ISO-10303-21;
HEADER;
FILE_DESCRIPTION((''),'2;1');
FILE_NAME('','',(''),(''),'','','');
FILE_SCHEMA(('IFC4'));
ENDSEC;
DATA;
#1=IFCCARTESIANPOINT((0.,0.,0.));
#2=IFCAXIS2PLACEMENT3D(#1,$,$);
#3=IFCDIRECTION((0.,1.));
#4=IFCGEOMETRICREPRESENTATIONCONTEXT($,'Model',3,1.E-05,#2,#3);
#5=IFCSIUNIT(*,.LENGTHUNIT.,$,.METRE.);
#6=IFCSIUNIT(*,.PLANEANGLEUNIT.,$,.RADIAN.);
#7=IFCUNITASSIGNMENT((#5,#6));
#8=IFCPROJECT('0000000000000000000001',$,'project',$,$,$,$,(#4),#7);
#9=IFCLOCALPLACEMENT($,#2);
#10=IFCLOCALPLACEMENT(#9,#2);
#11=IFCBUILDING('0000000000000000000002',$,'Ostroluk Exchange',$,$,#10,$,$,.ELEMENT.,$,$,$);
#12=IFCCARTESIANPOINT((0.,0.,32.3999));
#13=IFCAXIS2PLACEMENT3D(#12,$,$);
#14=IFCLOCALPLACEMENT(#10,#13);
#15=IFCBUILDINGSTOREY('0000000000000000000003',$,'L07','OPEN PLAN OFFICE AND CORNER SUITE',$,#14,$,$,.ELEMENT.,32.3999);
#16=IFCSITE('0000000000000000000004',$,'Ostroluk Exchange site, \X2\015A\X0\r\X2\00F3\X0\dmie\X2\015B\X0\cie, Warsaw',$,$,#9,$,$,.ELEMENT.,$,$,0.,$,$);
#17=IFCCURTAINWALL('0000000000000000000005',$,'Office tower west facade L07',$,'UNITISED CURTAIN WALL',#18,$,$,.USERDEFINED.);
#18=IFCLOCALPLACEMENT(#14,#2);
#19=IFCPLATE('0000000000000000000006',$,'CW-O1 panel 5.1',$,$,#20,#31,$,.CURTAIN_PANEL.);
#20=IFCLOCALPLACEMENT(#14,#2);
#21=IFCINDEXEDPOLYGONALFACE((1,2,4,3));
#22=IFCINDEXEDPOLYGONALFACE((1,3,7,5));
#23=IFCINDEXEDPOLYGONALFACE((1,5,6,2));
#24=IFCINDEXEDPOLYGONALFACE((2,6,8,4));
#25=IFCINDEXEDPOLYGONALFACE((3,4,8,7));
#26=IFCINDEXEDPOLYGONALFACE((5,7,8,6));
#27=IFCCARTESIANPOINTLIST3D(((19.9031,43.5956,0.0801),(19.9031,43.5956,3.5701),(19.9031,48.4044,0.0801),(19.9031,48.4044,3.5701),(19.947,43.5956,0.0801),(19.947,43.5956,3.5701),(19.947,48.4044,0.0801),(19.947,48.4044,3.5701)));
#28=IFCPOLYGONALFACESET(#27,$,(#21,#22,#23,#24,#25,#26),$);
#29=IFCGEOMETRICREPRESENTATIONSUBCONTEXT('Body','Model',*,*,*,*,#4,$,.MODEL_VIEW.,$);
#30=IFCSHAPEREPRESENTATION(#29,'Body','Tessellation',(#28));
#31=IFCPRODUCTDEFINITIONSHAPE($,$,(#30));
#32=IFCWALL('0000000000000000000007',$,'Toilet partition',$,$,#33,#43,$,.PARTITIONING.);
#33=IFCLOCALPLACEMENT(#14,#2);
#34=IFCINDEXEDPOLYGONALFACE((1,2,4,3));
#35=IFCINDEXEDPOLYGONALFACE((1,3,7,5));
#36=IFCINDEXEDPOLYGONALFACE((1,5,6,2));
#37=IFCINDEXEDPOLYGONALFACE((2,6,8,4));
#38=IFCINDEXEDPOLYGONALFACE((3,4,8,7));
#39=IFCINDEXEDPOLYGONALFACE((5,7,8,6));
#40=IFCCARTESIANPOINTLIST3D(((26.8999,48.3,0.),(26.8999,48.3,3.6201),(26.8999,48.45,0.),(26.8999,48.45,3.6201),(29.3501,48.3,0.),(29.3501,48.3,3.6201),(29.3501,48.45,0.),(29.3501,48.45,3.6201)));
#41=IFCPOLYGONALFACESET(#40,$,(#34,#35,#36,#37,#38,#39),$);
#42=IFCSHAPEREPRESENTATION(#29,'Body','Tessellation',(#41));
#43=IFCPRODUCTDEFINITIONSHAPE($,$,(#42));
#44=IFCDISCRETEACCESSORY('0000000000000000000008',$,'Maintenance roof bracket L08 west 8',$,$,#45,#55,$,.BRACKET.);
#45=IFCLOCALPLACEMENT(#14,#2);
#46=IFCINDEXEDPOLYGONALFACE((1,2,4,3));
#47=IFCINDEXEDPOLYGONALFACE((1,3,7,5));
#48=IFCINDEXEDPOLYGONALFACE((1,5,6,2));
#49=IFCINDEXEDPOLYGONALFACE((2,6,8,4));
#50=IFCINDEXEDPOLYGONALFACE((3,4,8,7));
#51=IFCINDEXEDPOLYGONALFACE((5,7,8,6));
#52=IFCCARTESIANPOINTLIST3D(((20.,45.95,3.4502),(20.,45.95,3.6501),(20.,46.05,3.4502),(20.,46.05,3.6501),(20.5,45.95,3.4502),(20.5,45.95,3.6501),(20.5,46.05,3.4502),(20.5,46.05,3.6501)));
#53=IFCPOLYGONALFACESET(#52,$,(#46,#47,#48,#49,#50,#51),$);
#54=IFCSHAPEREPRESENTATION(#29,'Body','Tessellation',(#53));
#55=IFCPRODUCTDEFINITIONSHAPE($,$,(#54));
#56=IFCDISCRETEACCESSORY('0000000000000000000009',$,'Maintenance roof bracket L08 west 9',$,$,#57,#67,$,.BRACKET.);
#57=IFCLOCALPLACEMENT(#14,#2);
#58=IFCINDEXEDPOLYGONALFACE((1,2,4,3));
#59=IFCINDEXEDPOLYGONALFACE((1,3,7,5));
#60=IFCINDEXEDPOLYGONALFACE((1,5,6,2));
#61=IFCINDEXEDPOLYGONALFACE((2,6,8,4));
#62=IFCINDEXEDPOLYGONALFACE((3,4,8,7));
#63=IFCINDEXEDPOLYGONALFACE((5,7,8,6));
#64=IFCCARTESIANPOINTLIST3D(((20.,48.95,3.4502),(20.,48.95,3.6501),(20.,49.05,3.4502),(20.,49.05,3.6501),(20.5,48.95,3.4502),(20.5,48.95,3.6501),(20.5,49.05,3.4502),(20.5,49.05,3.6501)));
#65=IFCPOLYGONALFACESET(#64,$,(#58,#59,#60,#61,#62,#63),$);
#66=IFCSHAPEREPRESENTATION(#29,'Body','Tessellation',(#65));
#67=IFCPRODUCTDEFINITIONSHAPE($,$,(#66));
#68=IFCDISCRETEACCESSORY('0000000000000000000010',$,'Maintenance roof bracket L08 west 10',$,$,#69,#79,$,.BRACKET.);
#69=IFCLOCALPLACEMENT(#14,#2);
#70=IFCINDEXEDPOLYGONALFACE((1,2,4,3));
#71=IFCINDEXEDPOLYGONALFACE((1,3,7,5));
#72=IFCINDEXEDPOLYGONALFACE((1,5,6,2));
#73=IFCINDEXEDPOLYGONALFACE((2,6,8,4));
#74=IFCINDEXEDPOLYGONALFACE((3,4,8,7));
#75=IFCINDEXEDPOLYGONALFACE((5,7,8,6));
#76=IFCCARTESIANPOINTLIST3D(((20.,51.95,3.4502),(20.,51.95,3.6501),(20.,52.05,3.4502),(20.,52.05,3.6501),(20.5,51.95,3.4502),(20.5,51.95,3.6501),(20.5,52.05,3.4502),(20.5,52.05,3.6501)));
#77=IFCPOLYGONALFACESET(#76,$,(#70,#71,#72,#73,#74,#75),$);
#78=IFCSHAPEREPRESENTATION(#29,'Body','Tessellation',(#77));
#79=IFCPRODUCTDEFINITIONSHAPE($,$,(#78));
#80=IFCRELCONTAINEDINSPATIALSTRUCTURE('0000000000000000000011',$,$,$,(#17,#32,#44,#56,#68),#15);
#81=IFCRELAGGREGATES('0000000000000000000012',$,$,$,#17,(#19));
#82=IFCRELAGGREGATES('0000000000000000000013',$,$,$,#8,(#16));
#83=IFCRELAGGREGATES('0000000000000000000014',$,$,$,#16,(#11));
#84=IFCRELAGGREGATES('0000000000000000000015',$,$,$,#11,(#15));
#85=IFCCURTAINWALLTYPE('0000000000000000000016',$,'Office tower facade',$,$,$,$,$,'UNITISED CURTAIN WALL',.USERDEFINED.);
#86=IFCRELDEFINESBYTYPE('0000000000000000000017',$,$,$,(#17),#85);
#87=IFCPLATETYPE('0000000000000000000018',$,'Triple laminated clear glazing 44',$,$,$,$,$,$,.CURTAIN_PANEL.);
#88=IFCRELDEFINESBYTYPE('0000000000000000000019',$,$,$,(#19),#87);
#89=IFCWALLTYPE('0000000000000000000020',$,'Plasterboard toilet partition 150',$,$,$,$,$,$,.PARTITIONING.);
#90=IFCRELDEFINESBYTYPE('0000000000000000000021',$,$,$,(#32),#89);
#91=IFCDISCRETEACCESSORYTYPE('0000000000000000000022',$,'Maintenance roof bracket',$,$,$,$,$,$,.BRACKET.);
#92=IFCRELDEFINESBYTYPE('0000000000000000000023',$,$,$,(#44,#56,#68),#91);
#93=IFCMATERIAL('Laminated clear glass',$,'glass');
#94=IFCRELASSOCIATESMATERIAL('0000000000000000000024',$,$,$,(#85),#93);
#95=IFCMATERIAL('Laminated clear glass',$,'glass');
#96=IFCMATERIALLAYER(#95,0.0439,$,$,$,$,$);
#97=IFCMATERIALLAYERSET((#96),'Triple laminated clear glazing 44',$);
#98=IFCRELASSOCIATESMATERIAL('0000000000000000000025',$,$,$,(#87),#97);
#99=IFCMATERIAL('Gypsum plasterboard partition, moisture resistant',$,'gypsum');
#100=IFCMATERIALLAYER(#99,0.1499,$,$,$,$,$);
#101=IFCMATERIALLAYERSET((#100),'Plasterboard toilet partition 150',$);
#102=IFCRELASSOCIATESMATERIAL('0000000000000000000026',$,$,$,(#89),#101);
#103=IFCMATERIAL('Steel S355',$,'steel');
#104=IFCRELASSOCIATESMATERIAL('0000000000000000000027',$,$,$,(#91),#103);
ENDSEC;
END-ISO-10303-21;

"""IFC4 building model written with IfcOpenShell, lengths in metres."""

from ifc_helpers import new_model, si_unit, direction, frame, frame_2d, origin, origin_2d, place, context, subcontext, project, spatial, rectangle, extrude, material, layer, layer_set, type_object, element, aggregate, save


model = new_model("IFC4")

# Units and contexts
model_context = context("Model", 3, precision=1e-05, world=origin(), true_north=direction((0.0, 1.0)))
body_context = subcontext(model_context, "Body", "Model", "MODEL_VIEW")
ifc_project = project(units=[si_unit("LENGTHUNIT", "METRE"), si_unit("PLANEANGLEUNIT", "RADIAN")], contexts=[model_context])

# Site, building, storey
site_placement = place(None, origin())
site = spatial("IfcSite", under=ifc_project, at=site_placement, Name="Ostroluk Exchange site, Śródmieście, Warsaw", CompositionType="ELEMENT", RefElevation=0.0)
building_placement = place(site_placement, origin())
building = spatial("IfcBuilding", under=site, at=building_placement, Name="Ostroluk Exchange", CompositionType="ELEMENT")
storey_placement = place(building_placement, frame((0.0, 0.0, 32.3999)))
storey = spatial("IfcBuildingStorey", under=building, at=storey_placement, Name="L07", Description="OPEN PLAN OFFICE AND CORNER SUITE", CompositionType="ELEMENT", Elevation=32.3999)

# Curtain wall, plate
ifc_material_1 = material(Name="Laminated clear glass", Category="glass")
curtain_wall_type = type_object("IfcCurtainWallType", Name="Office tower facade", ElementType="UNITISED CURTAIN WALL", PredefinedType="USERDEFINED", material=ifc_material_1)
curtain_wall_placement = place(storey_placement, origin())
curtain_wall = element("IfcCurtainWall", 1, at=curtain_wall_placement, inside=storey, type_object=curtain_wall_type, Name="Office tower west facade L07", ObjectType="UNITISED CURTAIN WALL", PredefinedType="USERDEFINED")
ifc_material_2 = material(Name="Laminated clear glass", Category="glass")
ifc_layer_1 = layer(ifc_material_2, 0.0439)
ifc_layer_set_1 = layer_set([ifc_layer_1], Name="Triple laminated clear glazing 44")
plate_type = type_object("IfcPlateType", Name="Triple laminated clear glazing 44", PredefinedType="CURTAIN_PANEL", material=ifc_layer_set_1)
plate_1_placement = place(storey_placement, frame((19.925, 46.0, 0.0801), z_axis=(0.0, 0.0, 1.0), x_axis=(0.0, -1.0, 0.0)))
plate_1 = element("IfcPlate", 2, at=plate_1_placement, type_object=plate_type, Name="CW-O1 panel 5.1", PredefinedType="CURTAIN_PANEL", context=body_context, shape_type="SweptSolid", body=[
    extrude(rectangle(XDim=4.8088, YDim=0.0439, at=origin_2d()), origin(), (0.0, 0.0, 1.0), 3.49),
])
aggregate(curtain_wall, [plate_1])

# Wall
ifc_material_3 = material(Name="Gypsum plasterboard partition, moisture resistant", Category="gypsum")
ifc_layer_2 = layer(ifc_material_3, 0.1499)
ifc_layer_set_2 = layer_set([ifc_layer_2], Name="Plasterboard toilet partition 150")
wall_type = type_object("IfcWallType", Name="Plasterboard toilet partition 150", PredefinedType="PARTITIONING", material=ifc_layer_set_2)
wall_placement = place(storey_placement, frame((29.3501, 48.375, 0.0), z_axis=(0.0, 0.0, 1.0), x_axis=(-1.0, 0.0, 0.0)))
element("IfcWall", 3, at=wall_placement, inside=storey, type_object=wall_type, Name="Toilet partition", PredefinedType="PARTITIONING", context=body_context, shape_type="SweptSolid", body=[
    extrude(rectangle(XDim=2.4502, YDim=0.1499, at=frame_2d((1.2251, 0.0))), origin(), (0.0, 0.0, 1.0), 3.6201),
])

# Discrete accessories
ifc_material_4 = material(Name="Steel S355", Category="steel")
discrete_accessory_type = type_object("IfcDiscreteAccessoryType", Name="Maintenance roof bracket", PredefinedType="BRACKET", material=ifc_material_4)
for number, where, z_axis, x_axis, name in (
    (4, (20.25, 46.0, 3.4502), (0.0, 0.0, 1.0), (1.0, 0.0, 0.0), "Maintenance roof bracket L08 west 8"),
    (5, (20.25, 49.0, 3.4502), (0.0, 0.0, 1.0), (1.0, 0.0, 0.0), "Maintenance roof bracket L08 west 9"),
    (6, (20.25, 52.0, 3.4502), (0.0, 0.0, 1.0), (1.0, 0.0, 0.0), "Maintenance roof bracket L08 west 10"),
):
    element("IfcDiscreteAccessory", number, at=place(storey_placement, frame(where, z_axis=z_axis, x_axis=x_axis)), inside=storey, type_object=discrete_accessory_type, Name=name, PredefinedType="BRACKET", context=body_context, shape_type="SweptSolid", body=[
        extrude(rectangle(XDim=0.5, YDim=0.1001, at=origin_2d()), origin(), (0.0, 0.0, 1.0), 0.2),
    ])

save(model, "model.ifc")
